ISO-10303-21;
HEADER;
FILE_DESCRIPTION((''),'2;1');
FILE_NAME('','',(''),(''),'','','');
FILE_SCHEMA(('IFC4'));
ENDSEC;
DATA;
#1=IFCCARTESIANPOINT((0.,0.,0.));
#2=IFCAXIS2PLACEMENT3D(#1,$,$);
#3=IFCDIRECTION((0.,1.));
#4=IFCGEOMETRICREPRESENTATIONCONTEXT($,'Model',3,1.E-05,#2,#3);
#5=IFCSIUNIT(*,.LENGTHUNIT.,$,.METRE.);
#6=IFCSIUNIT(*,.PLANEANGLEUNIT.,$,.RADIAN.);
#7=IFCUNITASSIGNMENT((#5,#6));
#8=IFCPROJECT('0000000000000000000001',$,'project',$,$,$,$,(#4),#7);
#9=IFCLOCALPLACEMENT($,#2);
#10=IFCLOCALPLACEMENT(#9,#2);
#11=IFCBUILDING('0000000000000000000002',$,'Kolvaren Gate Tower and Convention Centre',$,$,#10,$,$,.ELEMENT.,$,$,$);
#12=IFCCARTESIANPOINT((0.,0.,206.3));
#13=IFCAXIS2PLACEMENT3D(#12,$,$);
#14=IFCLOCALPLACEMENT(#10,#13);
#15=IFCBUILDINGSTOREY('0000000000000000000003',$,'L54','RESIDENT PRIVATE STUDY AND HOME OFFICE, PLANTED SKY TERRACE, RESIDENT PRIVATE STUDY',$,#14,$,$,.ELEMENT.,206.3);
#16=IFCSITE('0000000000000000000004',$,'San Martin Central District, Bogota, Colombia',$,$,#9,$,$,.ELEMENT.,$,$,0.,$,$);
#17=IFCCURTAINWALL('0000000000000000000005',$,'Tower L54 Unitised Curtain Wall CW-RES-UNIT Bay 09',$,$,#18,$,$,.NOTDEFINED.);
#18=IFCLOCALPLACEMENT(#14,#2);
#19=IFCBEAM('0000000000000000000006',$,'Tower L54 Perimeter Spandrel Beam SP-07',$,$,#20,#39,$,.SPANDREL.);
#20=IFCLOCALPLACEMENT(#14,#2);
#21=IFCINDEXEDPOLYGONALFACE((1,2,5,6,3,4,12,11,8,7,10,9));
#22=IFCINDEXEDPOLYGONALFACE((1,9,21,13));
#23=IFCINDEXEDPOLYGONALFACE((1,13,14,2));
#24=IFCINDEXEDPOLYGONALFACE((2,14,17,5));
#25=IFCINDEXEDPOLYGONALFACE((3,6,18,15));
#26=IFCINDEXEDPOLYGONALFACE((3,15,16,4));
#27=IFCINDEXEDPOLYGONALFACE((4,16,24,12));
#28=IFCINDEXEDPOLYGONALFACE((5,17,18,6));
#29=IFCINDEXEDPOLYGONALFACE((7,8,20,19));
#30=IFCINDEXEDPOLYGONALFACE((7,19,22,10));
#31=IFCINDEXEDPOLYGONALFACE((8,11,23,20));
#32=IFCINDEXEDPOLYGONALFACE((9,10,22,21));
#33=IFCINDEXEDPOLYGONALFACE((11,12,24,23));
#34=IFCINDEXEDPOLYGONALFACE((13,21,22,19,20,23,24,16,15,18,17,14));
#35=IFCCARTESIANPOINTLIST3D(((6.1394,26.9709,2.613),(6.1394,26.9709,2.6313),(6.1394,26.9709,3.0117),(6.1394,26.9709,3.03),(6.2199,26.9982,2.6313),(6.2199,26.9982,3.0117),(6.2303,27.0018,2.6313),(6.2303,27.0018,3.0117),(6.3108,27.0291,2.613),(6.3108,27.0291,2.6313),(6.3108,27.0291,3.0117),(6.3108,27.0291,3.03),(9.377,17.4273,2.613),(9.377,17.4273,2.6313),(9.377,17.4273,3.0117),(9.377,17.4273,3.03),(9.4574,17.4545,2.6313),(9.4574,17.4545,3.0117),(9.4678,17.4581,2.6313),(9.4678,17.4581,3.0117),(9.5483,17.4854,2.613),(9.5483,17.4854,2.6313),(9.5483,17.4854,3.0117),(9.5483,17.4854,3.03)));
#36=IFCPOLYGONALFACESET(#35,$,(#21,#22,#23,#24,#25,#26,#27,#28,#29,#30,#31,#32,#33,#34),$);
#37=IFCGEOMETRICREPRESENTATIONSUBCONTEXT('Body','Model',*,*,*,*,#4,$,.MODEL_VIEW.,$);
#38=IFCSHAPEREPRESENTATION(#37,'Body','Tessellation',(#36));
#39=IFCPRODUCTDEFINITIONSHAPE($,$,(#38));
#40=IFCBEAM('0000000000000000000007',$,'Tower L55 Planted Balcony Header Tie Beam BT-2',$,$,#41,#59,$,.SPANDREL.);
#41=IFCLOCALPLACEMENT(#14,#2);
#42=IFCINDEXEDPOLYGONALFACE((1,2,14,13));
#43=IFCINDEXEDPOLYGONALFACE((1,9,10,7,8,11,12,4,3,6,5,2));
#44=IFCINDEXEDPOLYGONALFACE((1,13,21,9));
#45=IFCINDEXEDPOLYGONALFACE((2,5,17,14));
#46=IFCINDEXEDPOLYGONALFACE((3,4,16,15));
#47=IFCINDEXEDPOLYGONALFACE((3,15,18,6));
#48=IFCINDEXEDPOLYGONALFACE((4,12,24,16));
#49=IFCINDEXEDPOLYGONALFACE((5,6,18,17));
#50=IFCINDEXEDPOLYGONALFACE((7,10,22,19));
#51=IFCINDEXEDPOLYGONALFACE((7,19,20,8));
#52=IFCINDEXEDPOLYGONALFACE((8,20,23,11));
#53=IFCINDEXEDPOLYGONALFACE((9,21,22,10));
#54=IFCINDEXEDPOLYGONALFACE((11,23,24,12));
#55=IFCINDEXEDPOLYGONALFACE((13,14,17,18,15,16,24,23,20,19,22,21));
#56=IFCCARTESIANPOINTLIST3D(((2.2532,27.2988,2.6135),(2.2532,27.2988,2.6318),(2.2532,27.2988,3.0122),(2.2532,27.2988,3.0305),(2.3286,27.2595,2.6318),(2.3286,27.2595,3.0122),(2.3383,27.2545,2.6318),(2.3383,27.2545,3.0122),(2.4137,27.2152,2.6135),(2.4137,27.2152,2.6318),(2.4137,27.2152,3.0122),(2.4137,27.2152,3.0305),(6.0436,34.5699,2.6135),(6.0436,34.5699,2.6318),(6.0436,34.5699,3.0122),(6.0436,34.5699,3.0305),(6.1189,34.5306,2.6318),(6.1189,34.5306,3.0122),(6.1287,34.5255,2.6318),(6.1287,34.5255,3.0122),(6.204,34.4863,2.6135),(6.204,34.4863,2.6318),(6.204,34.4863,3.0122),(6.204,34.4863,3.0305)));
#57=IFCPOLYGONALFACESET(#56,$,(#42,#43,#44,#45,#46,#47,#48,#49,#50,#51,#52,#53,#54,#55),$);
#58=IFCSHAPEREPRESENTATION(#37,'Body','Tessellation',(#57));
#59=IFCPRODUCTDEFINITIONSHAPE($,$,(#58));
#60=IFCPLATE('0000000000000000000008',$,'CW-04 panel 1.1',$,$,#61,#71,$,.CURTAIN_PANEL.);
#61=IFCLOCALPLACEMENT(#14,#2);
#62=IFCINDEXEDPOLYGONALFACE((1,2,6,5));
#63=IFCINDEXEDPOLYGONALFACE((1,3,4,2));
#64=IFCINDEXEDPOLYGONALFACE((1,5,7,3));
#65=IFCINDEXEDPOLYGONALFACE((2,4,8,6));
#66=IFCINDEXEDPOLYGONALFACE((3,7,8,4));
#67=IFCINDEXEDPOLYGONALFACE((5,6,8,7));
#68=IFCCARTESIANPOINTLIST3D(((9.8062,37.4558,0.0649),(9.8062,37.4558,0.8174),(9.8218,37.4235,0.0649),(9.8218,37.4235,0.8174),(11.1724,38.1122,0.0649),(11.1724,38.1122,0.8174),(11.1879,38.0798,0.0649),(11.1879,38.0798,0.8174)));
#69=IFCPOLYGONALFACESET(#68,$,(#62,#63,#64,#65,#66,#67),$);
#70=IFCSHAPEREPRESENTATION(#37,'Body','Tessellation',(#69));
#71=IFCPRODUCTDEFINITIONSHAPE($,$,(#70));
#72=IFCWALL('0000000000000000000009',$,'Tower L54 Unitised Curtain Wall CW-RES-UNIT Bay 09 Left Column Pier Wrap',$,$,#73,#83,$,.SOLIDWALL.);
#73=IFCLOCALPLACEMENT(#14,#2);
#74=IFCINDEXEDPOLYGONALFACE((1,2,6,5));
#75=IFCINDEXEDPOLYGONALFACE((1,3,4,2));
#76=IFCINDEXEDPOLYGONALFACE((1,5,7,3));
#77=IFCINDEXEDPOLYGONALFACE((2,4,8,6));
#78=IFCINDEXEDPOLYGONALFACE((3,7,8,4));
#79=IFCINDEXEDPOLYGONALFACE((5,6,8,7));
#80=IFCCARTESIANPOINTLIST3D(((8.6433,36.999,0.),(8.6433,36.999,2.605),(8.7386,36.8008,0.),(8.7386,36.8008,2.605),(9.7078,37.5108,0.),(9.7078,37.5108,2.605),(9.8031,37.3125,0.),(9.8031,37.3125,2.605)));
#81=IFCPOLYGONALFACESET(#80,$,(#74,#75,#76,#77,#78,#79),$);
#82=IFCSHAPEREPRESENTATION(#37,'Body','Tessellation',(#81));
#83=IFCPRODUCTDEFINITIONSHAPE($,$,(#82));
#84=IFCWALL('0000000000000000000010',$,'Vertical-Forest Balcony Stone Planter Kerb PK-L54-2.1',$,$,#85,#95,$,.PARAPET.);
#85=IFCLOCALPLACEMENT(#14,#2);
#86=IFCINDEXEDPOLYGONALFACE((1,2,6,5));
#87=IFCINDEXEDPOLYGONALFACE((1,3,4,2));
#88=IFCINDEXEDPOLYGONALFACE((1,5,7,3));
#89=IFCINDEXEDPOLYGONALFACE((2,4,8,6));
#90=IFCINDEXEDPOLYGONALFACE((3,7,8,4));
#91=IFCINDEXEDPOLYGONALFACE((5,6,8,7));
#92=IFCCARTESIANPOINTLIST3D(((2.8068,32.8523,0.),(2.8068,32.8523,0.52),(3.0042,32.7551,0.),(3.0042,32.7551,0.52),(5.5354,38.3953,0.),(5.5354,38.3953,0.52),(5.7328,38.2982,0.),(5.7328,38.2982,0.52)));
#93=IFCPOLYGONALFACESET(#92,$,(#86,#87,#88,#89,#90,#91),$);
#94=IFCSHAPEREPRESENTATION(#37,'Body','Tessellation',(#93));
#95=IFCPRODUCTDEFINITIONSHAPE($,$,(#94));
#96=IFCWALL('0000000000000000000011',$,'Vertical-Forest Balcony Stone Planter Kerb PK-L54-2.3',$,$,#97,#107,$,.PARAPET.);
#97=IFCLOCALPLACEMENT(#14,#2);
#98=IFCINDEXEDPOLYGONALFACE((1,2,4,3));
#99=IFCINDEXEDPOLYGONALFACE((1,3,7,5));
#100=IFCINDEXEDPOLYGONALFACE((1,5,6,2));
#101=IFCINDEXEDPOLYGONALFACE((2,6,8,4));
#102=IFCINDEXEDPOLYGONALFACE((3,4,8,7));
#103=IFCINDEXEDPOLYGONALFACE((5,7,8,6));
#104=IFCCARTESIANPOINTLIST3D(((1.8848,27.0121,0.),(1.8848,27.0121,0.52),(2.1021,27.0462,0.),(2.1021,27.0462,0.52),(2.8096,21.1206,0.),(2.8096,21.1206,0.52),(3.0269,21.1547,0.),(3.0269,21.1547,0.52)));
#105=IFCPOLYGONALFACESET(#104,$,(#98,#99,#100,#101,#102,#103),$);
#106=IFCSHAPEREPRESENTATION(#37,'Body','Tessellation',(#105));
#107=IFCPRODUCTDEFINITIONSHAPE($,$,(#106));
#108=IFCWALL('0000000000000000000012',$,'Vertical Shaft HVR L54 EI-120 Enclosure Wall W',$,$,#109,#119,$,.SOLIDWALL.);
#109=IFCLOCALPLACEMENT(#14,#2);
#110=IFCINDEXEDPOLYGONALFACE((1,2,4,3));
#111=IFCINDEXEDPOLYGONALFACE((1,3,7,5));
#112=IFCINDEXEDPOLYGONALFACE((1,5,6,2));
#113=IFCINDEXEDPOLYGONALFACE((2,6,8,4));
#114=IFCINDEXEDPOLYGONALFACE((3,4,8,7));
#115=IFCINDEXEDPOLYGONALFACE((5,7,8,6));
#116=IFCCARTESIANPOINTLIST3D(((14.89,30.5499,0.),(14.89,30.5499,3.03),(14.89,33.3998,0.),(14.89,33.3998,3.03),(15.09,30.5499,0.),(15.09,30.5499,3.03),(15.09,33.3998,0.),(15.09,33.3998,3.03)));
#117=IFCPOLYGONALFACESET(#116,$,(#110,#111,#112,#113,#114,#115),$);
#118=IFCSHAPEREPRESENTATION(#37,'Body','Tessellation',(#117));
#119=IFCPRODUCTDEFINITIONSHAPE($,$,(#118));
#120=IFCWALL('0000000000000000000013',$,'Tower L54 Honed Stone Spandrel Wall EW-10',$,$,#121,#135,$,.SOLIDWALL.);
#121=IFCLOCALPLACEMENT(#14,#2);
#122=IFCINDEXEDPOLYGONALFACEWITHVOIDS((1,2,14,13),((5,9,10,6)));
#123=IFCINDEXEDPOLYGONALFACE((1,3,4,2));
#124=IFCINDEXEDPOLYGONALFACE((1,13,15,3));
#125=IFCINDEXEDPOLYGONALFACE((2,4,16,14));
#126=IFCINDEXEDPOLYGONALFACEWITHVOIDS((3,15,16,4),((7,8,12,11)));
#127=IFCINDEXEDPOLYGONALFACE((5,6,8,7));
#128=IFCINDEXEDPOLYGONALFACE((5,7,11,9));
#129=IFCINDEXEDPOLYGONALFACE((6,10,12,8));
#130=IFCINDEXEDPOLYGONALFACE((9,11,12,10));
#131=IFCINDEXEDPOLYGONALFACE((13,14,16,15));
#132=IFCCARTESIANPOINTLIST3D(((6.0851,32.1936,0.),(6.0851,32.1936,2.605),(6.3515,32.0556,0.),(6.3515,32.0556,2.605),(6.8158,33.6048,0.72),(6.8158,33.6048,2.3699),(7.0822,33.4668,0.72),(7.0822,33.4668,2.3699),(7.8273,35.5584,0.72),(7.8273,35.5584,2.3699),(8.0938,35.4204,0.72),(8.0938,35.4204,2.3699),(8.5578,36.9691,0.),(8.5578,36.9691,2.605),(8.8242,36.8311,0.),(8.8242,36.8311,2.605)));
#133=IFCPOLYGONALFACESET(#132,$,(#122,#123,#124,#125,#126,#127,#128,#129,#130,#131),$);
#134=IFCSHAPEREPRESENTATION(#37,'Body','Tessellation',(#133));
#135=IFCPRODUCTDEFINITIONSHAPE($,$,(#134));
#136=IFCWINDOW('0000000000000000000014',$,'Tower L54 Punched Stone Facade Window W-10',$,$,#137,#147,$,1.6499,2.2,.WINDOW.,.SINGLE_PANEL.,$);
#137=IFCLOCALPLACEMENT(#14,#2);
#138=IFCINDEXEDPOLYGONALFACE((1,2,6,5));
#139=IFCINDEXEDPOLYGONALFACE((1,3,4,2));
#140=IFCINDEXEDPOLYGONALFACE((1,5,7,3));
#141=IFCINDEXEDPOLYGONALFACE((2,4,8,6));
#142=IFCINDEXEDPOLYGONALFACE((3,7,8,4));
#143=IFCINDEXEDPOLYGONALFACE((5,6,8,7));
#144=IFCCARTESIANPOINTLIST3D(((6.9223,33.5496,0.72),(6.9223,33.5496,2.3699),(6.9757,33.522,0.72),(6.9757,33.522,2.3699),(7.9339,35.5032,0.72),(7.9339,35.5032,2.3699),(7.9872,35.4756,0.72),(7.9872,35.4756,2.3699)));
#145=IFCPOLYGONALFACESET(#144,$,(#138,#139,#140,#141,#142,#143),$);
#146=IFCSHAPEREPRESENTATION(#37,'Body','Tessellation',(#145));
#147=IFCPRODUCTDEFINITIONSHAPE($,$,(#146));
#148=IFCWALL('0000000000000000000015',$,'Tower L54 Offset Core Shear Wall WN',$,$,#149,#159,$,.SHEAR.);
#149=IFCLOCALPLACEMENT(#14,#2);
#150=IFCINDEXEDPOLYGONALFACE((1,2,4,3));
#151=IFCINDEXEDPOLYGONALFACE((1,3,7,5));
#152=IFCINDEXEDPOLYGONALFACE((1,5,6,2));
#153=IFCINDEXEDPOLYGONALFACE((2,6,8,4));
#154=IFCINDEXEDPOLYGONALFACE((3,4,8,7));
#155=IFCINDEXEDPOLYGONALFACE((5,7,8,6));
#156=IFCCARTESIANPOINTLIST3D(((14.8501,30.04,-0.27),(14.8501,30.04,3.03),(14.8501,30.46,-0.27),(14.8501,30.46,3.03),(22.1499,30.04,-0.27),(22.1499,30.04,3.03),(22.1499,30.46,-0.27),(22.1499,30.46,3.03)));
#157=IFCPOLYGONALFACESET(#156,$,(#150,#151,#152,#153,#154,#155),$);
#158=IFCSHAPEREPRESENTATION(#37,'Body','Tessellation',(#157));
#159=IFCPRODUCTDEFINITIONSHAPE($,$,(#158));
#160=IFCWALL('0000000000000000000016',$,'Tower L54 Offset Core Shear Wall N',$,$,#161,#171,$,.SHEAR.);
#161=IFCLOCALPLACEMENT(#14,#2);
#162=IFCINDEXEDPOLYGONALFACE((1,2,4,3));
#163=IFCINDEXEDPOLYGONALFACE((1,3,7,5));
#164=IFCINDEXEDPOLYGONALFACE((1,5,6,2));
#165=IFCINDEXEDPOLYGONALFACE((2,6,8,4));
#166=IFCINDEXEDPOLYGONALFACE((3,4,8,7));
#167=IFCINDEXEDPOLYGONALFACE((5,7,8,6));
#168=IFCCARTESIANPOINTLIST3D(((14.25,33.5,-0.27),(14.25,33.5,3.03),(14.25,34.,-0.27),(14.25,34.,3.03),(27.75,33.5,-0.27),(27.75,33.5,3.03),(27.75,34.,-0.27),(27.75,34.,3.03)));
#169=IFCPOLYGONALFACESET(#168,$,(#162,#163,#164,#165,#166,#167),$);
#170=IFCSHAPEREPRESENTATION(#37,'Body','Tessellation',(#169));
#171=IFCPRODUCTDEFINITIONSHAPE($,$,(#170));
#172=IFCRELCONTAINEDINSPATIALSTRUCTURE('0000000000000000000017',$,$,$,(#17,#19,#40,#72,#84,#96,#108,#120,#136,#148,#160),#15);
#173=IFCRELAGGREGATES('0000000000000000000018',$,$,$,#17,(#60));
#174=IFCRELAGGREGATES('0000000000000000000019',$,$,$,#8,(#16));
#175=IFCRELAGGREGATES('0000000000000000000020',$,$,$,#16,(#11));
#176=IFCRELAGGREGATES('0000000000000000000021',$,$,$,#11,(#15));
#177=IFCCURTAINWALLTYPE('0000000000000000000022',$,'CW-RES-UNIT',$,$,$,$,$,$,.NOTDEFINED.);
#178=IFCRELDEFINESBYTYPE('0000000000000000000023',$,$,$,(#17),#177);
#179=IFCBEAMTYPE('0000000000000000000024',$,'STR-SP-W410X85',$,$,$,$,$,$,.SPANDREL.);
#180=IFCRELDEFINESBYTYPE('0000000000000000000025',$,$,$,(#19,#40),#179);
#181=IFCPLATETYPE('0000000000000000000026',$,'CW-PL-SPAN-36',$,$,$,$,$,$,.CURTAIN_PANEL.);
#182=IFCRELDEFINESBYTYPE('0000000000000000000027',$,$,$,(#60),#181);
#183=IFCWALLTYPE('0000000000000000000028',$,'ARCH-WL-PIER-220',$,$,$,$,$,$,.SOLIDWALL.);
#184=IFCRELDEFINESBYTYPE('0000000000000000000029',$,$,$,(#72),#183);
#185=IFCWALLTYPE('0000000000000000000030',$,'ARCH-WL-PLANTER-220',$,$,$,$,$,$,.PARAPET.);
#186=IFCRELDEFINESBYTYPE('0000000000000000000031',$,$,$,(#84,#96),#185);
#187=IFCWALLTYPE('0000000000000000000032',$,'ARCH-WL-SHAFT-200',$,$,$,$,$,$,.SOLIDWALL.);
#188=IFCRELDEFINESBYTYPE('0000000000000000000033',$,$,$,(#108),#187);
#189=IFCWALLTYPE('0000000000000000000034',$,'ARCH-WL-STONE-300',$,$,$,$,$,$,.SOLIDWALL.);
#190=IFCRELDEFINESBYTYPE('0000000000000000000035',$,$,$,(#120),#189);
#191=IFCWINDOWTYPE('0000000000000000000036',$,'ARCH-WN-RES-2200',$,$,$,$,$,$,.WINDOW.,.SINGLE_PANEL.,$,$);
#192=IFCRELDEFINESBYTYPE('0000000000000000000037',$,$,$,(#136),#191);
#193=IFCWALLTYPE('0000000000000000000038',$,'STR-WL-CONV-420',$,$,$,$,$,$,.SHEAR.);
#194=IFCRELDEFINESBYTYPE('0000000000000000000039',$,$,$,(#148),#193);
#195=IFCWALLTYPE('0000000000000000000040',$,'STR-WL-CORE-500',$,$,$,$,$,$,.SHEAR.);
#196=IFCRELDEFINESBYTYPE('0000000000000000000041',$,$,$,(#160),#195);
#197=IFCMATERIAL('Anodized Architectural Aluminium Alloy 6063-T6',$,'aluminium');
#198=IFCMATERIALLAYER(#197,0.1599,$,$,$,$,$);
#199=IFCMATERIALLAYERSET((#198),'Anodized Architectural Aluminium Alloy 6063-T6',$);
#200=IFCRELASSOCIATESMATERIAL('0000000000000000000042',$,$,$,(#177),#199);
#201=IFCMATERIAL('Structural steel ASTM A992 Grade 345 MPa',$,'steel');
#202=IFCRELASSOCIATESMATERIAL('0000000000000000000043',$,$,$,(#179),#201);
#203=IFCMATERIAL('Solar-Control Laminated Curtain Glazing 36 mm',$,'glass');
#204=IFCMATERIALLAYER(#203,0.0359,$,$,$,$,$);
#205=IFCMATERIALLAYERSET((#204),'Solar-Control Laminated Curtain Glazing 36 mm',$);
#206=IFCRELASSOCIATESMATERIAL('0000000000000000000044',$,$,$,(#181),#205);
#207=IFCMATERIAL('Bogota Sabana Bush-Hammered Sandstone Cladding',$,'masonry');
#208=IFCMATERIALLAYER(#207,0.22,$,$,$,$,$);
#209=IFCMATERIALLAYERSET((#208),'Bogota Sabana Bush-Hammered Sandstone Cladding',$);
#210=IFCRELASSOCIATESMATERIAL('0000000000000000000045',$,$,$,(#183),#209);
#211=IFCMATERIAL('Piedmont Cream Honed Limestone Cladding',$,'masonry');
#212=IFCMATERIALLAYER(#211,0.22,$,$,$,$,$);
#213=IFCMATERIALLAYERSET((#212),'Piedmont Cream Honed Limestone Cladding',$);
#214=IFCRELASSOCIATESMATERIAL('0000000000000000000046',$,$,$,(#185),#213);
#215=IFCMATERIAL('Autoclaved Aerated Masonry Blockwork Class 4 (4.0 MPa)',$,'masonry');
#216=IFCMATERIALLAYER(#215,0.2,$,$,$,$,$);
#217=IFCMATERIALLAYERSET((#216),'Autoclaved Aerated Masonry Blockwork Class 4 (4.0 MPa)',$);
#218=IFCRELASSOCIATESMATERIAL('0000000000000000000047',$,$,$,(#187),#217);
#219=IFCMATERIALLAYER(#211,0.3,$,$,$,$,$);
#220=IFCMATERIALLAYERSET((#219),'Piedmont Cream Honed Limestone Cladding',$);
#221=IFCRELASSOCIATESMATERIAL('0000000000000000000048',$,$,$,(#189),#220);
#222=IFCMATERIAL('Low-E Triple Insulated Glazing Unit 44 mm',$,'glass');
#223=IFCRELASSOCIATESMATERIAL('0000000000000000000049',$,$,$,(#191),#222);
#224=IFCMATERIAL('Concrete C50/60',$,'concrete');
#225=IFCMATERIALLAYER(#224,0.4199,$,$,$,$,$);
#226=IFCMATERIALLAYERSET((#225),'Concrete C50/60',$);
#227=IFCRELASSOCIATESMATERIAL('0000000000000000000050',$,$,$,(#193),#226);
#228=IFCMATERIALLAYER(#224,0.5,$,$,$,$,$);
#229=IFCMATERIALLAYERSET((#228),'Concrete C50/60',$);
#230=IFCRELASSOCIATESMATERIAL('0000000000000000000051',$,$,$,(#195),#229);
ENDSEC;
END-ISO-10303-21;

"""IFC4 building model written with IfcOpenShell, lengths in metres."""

from ifc_helpers import new_model, si_unit, direction, frame, frame_2d, origin, origin_2d, place, context, subcontext, project, spatial, rectangle, i_section, extrude, material, layer, layer_set, material_profile, profile_set, type_object, element, fill, aggregate, save


model = new_model("IFC4")

# Units and contexts
model_context = context("Model", 3, precision=1e-05, world=origin(), true_north=direction((0.0, 1.0)))
body_context = subcontext(model_context, "Body", "Model", "MODEL_VIEW")
ifc_project = project(units=[si_unit("LENGTHUNIT", "METRE"), si_unit("PLANEANGLEUNIT", "RADIAN")], contexts=[model_context])

# Site, building, storey
site_placement = place(None, origin())
site = spatial("IfcSite", under=ifc_project, at=site_placement, Name="San Martin Central District, Bogota, Colombia", CompositionType="ELEMENT", RefElevation=0.0)
building_placement = place(site_placement, origin())
building = spatial("IfcBuilding", under=site, at=building_placement, Name="Kolvaren Gate Tower and Convention Centre", CompositionType="ELEMENT")
storey_placement = place(building_placement, frame((0.0, 0.0, 206.3)))
storey = spatial("IfcBuildingStorey", under=building, at=storey_placement, Name="L54", Description="RESIDENT PRIVATE STUDY AND HOME OFFICE, PLANTED SKY TERRACE, RESIDENT PRIVATE STUDY", CompositionType="ELEMENT", Elevation=206.3)

# Curtain wall
ifc_material_1 = material(Name="Anodized Architectural Aluminium Alloy 6063-T6", Category="aluminium")
ifc_layer_1 = layer(ifc_material_1, 0.1599)
ifc_layer_set_1 = layer_set([ifc_layer_1], Name="Anodized Architectural Aluminium Alloy 6063-T6")
curtain_wall_type = type_object("IfcCurtainWallType", Name="CW-RES-UNIT", PredefinedType="NOTDEFINED", material=ifc_layer_set_1)
curtain_wall_placement = place(storey_placement, origin())
curtain_wall = element("IfcCurtainWall", 1, at=curtain_wall_placement, inside=storey, type_object=curtain_wall_type, Name="Tower L54 Unitised Curtain Wall CW-RES-UNIT Bay 09", PredefinedType="NOTDEFINED")

# Beams
ifc_material_2 = material(Name="Structural steel ASTM A992 Grade 345 MPa", Category="steel")
ifc_material_profile_1 = material_profile(ifc_material_2, i_section(OverallWidth=0.1809, OverallDepth=0.417, WebThickness=0.011, FlangeThickness=0.0183, at=origin_2d()), Name="W410X85")
ifc_profile_set_1 = profile_set([ifc_material_profile_1], Name="Structural steel ASTM A992 Grade 345 MPa")
beam_type_1 = type_object("IfcBeamType", Name="STR-SP-W410X85", PredefinedType="SPANDREL", material=ifc_profile_set_1)
for number, where, z_axis, x_axis, name in (
    (2, (6.2251, 27.0, 2.8215), (0.321253, -0.946994, 0.0), (0.946994, 0.321253, 0.0), "Tower L54 Perimeter Spandrel Beam SP-07"),
):
    element("IfcBeam", number, at=place(storey_placement, frame(where, z_axis=z_axis, x_axis=x_axis)), inside=storey, type_object=beam_type_1, Name=name, PredefinedType="SPANDREL", context=body_context, shape_type="SweptSolid", body=[
        extrude(i_section(OverallWidth=0.1809, OverallDepth=0.417, WebThickness=0.011, FlangeThickness=0.0183, at=origin_2d()), origin(), (0.0, 0.0, 1.0), 10.0779),
    ])
beam_1_placement = place(storey_placement, frame((6.1238, 34.5281, 2.822), z_axis=(-0.462252, -0.886749, 0.0), x_axis=(0.886749, -0.462252, 0.0)))
element("IfcBeam", 3, at=beam_1_placement, inside=storey, type_object=beam_type_1, Name="Tower L55 Planted Balcony Header Tie Beam BT-2", PredefinedType="SPANDREL", context=body_context, shape_type="SweptSolid", body=[
    extrude(i_section(OverallWidth=0.1809, OverallDepth=0.417, WebThickness=0.011, FlangeThickness=0.0183, at=origin_2d()), origin(), (0.0, 0.0, 1.0), 8.1997),
])

# Plate
ifc_material_3 = material(Name="Solar-Control Laminated Curtain Glazing 36 mm", Category="glass")
ifc_layer_2 = layer(ifc_material_3, 0.0359)
ifc_layer_set_2 = layer_set([ifc_layer_2], Name="Solar-Control Laminated Curtain Glazing 36 mm")
plate_type = type_object("IfcPlateType", Name="CW-PL-SPAN-36", PredefinedType="CURTAIN_PANEL", material=ifc_layer_set_2)
plate_placement = place(storey_placement, frame((10.4971, 37.7678, 0.0649), z_axis=(0.0, 0.0, 1.0), x_axis=(0.901362, 0.433066, 0.0)))
plate = element("IfcPlate", 4, at=plate_placement, type_object=plate_type, Name="CW-04 panel 1.1", PredefinedType="CURTAIN_PANEL", context=body_context, shape_type="SweptSolid", body=[
    extrude(rectangle(XDim=1.5156, YDim=0.0359, at=origin_2d()), origin(), (0.0, 0.0, 1.0), 0.7524),
])
aggregate(curtain_wall, [plate])

# Walls
ifc_material_4 = material(Name="Bogota Sabana Bush-Hammered Sandstone Cladding", Category="masonry")
ifc_layer_3 = layer(ifc_material_4, 0.22)
ifc_layer_set_3 = layer_set([ifc_layer_3], Name="Bogota Sabana Bush-Hammered Sandstone Cladding")
wall_type_1 = type_object("IfcWallType", Name="ARCH-WL-PIER-220", PredefinedType="SOLIDWALL", material=ifc_layer_set_3)
wall_1_placement = place(storey_placement, frame((8.6909, 36.8999, 0.0), z_axis=(0.0, 0.0, 1.0), x_axis=(0.901265, 0.433269, 0.0)))
element("IfcWall", 5, at=wall_1_placement, inside=storey, type_object=wall_type_1, Name="Tower L54 Unitised Curtain Wall CW-RES-UNIT Bay 09 Left Column Pier Wrap", PredefinedType="SOLIDWALL", context=body_context, shape_type="SweptSolid", body=[
    extrude(rectangle(XDim=1.1812, YDim=0.22, at=frame_2d((0.5906, 0.0))), origin(), (0.0, 0.0, 1.0), 2.605),
])
ifc_material_5 = material(Name="Piedmont Cream Honed Limestone Cladding", Category="masonry")
ifc_layer_4 = layer(ifc_material_5, 0.22)
ifc_layer_set_4 = layer_set([ifc_layer_4], Name="Piedmont Cream Honed Limestone Cladding")
wall_type_2 = type_object("IfcWallType", Name="ARCH-WL-PLANTER-220", PredefinedType="PARAPET", material=ifc_layer_set_4)
wall_2_placement = place(storey_placement, frame((2.9055, 32.8037, 0.0), z_axis=(0.0, 0.0, 1.0), x_axis=(0.441641, 0.897192, 0.0)))
element("IfcWall", 6, at=wall_2_placement, inside=storey, type_object=wall_type_2, Name="Vertical-Forest Balcony Stone Planter Kerb PK-L54-2.1", PredefinedType="PARAPET", context=body_context, shape_type="SweptSolid", body=[
    extrude(rectangle(XDim=6.1782, YDim=0.22, at=frame_2d((3.0891, 0.0))), origin(), (0.0, 0.0, 1.0), 0.52),
])
wall_3_placement = place(storey_placement, frame((1.9934, 27.0293, 0.0), z_axis=(0.0, 0.0, 1.0), x_axis=(0.155071, -0.987903, 0.0)))
element("IfcWall", 7, at=wall_3_placement, inside=storey, type_object=wall_type_2, Name="Vertical-Forest Balcony Stone Planter Kerb PK-L54-2.3", PredefinedType="PARAPET", context=body_context, shape_type="SweptSolid", body=[
    extrude(rectangle(XDim=5.9636, YDim=0.22, at=frame_2d((2.9819, 0.0))), origin(), (0.0, 0.0, 1.0), 0.52),
])
ifc_material_6 = material(Name="Autoclaved Aerated Masonry Blockwork Class 4 (4.0 MPa)", Category="masonry")
ifc_layer_5 = layer(ifc_material_6, 0.2)
ifc_layer_set_5 = layer_set([ifc_layer_5], Name="Autoclaved Aerated Masonry Blockwork Class 4 (4.0 MPa)")
wall_type_3 = type_object("IfcWallType", Name="ARCH-WL-SHAFT-200", PredefinedType="SOLIDWALL", material=ifc_layer_set_5)
wall_4_placement = place(storey_placement, frame((14.99, 30.55, 0.0), z_axis=(0.0, 0.0, 1.0), x_axis=(0.0, 1.0, 0.0)))
element("IfcWall", 8, at=wall_4_placement, inside=storey, type_object=wall_type_3, Name="Vertical Shaft HVR L54 EI-120 Enclosure Wall W", PredefinedType="SOLIDWALL", context=body_context, shape_type="SweptSolid", body=[
    extrude(rectangle(XDim=2.8499, YDim=0.2, at=frame_2d((1.4248, 0.0))), origin(), (0.0, 0.0, 1.0), 3.03),
])

# Wall, opening, window
ifc_layer_6 = layer(ifc_material_5, 0.3)
ifc_layer_set_6 = layer_set([ifc_layer_6], Name="Piedmont Cream Honed Limestone Cladding")
wall_type_4 = type_object("IfcWallType", Name="ARCH-WL-STONE-300", PredefinedType="SOLIDWALL", material=ifc_layer_set_6)
wall_5_placement = place(storey_placement, frame((6.2183, 32.1245, 0.0), z_axis=(0.0, 0.0, 1.0), x_axis=(0.459808, 0.888018, 0.0)))
wall_5 = element("IfcWall", 9, at=wall_5_placement, inside=storey, type_object=wall_type_4, Name="Tower L54 Honed Stone Spandrel Wall EW-10", PredefinedType="SOLIDWALL", context=body_context, shape_type="SweptSolid", body=[
    extrude(rectangle(XDim=5.3777, YDim=0.3, at=frame_2d((2.689, 0.0))), origin(), (0.0, 0.0, 1.0), 2.605),
])
opening_placement = place(wall_5_placement, frame((1.5891, 0.0, 0.72)))
opening = element("IfcOpeningElement", 10, at=opening_placement, cuts=wall_5, PredefinedType="OPENING", context=body_context, shape_type="SweptSolid", body=[
    extrude(rectangle(XDim=2.2, YDim=1.6499, at=frame_2d((1.1001, 0.825))), frame((0.0, 0.1599, 0.0), z_axis=(0.0, -1.0, 0.0), x_axis=(1.0, 0.0, 0.0)), (0.0, 0.0, 1.0), 0.3201),
])
ifc_material_7 = material(Name="Low-E Triple Insulated Glazing Unit 44 mm", Category="glass")
window_type = type_object("IfcWindowType", Name="ARCH-WN-RES-2200", PartitioningType="SINGLE_PANEL", PredefinedType="WINDOW", material=ifc_material_7)
window_placement = place(opening_placement, origin())
window = element("IfcWindow", 11, at=window_placement, inside=storey, type_object=window_type, Name="Tower L54 Punched Stone Facade Window W-10", OverallHeight=1.6499, OverallWidth=2.2, PartitioningType="SINGLE_PANEL", PredefinedType="WINDOW", context=body_context, shape_type="SweptSolid", body=[
    extrude(rectangle(XDim=2.2, YDim=1.6499, at=frame_2d((1.1001, 0.825))), frame((0.0, 0.03, 0.0), z_axis=(0.0, -1.0, 0.0), x_axis=(1.0, 0.0, 0.0)), (0.0, 0.0, 1.0), 0.0601),
])
fill(opening, window)

# Walls
ifc_material_8 = material(Name="Concrete C50/60", Category="concrete")
ifc_layer_7 = layer(ifc_material_8, 0.4199)
ifc_layer_set_7 = layer_set([ifc_layer_7], Name="Concrete C50/60")
wall_type_5 = type_object("IfcWallType", Name="STR-WL-CONV-420", PredefinedType="SHEAR", material=ifc_layer_set_7)
wall_6_placement = place(storey_placement, frame((14.8501, 30.25, -0.27), z_axis=(0.0, 0.0, 1.0), x_axis=(1.0, 0.0, 0.0)))
element("IfcWall", 12, at=wall_6_placement, inside=storey, type_object=wall_type_5, Name="Tower L54 Offset Core Shear Wall WN", PredefinedType="SHEAR", context=body_context, shape_type="SweptSolid", body=[
    extrude(rectangle(XDim=7.2998, YDim=0.4199, at=frame_2d((3.6499, 0.0))), origin(), (0.0, 0.0, 1.0), 3.3),
])
ifc_layer_8 = layer(ifc_material_8, 0.5)
ifc_layer_set_8 = layer_set([ifc_layer_8], Name="Concrete C50/60")
wall_type_6 = type_object("IfcWallType", Name="STR-WL-CORE-500", PredefinedType="SHEAR", material=ifc_layer_set_8)
wall_7_placement = place(storey_placement, frame((14.25, 33.75, -0.27), z_axis=(0.0, 0.0, 1.0), x_axis=(1.0, 0.0, 0.0)))
element("IfcWall", 13, at=wall_7_placement, inside=storey, type_object=wall_type_6, Name="Tower L54 Offset Core Shear Wall N", PredefinedType="SHEAR", context=body_context, shape_type="SweptSolid", body=[
    extrude(rectangle(XDim=13.5, YDim=0.5, at=frame_2d((6.75, 0.0))), origin(), (0.0, 0.0, 1.0), 3.3),
])

save(model, "model.ifc")
